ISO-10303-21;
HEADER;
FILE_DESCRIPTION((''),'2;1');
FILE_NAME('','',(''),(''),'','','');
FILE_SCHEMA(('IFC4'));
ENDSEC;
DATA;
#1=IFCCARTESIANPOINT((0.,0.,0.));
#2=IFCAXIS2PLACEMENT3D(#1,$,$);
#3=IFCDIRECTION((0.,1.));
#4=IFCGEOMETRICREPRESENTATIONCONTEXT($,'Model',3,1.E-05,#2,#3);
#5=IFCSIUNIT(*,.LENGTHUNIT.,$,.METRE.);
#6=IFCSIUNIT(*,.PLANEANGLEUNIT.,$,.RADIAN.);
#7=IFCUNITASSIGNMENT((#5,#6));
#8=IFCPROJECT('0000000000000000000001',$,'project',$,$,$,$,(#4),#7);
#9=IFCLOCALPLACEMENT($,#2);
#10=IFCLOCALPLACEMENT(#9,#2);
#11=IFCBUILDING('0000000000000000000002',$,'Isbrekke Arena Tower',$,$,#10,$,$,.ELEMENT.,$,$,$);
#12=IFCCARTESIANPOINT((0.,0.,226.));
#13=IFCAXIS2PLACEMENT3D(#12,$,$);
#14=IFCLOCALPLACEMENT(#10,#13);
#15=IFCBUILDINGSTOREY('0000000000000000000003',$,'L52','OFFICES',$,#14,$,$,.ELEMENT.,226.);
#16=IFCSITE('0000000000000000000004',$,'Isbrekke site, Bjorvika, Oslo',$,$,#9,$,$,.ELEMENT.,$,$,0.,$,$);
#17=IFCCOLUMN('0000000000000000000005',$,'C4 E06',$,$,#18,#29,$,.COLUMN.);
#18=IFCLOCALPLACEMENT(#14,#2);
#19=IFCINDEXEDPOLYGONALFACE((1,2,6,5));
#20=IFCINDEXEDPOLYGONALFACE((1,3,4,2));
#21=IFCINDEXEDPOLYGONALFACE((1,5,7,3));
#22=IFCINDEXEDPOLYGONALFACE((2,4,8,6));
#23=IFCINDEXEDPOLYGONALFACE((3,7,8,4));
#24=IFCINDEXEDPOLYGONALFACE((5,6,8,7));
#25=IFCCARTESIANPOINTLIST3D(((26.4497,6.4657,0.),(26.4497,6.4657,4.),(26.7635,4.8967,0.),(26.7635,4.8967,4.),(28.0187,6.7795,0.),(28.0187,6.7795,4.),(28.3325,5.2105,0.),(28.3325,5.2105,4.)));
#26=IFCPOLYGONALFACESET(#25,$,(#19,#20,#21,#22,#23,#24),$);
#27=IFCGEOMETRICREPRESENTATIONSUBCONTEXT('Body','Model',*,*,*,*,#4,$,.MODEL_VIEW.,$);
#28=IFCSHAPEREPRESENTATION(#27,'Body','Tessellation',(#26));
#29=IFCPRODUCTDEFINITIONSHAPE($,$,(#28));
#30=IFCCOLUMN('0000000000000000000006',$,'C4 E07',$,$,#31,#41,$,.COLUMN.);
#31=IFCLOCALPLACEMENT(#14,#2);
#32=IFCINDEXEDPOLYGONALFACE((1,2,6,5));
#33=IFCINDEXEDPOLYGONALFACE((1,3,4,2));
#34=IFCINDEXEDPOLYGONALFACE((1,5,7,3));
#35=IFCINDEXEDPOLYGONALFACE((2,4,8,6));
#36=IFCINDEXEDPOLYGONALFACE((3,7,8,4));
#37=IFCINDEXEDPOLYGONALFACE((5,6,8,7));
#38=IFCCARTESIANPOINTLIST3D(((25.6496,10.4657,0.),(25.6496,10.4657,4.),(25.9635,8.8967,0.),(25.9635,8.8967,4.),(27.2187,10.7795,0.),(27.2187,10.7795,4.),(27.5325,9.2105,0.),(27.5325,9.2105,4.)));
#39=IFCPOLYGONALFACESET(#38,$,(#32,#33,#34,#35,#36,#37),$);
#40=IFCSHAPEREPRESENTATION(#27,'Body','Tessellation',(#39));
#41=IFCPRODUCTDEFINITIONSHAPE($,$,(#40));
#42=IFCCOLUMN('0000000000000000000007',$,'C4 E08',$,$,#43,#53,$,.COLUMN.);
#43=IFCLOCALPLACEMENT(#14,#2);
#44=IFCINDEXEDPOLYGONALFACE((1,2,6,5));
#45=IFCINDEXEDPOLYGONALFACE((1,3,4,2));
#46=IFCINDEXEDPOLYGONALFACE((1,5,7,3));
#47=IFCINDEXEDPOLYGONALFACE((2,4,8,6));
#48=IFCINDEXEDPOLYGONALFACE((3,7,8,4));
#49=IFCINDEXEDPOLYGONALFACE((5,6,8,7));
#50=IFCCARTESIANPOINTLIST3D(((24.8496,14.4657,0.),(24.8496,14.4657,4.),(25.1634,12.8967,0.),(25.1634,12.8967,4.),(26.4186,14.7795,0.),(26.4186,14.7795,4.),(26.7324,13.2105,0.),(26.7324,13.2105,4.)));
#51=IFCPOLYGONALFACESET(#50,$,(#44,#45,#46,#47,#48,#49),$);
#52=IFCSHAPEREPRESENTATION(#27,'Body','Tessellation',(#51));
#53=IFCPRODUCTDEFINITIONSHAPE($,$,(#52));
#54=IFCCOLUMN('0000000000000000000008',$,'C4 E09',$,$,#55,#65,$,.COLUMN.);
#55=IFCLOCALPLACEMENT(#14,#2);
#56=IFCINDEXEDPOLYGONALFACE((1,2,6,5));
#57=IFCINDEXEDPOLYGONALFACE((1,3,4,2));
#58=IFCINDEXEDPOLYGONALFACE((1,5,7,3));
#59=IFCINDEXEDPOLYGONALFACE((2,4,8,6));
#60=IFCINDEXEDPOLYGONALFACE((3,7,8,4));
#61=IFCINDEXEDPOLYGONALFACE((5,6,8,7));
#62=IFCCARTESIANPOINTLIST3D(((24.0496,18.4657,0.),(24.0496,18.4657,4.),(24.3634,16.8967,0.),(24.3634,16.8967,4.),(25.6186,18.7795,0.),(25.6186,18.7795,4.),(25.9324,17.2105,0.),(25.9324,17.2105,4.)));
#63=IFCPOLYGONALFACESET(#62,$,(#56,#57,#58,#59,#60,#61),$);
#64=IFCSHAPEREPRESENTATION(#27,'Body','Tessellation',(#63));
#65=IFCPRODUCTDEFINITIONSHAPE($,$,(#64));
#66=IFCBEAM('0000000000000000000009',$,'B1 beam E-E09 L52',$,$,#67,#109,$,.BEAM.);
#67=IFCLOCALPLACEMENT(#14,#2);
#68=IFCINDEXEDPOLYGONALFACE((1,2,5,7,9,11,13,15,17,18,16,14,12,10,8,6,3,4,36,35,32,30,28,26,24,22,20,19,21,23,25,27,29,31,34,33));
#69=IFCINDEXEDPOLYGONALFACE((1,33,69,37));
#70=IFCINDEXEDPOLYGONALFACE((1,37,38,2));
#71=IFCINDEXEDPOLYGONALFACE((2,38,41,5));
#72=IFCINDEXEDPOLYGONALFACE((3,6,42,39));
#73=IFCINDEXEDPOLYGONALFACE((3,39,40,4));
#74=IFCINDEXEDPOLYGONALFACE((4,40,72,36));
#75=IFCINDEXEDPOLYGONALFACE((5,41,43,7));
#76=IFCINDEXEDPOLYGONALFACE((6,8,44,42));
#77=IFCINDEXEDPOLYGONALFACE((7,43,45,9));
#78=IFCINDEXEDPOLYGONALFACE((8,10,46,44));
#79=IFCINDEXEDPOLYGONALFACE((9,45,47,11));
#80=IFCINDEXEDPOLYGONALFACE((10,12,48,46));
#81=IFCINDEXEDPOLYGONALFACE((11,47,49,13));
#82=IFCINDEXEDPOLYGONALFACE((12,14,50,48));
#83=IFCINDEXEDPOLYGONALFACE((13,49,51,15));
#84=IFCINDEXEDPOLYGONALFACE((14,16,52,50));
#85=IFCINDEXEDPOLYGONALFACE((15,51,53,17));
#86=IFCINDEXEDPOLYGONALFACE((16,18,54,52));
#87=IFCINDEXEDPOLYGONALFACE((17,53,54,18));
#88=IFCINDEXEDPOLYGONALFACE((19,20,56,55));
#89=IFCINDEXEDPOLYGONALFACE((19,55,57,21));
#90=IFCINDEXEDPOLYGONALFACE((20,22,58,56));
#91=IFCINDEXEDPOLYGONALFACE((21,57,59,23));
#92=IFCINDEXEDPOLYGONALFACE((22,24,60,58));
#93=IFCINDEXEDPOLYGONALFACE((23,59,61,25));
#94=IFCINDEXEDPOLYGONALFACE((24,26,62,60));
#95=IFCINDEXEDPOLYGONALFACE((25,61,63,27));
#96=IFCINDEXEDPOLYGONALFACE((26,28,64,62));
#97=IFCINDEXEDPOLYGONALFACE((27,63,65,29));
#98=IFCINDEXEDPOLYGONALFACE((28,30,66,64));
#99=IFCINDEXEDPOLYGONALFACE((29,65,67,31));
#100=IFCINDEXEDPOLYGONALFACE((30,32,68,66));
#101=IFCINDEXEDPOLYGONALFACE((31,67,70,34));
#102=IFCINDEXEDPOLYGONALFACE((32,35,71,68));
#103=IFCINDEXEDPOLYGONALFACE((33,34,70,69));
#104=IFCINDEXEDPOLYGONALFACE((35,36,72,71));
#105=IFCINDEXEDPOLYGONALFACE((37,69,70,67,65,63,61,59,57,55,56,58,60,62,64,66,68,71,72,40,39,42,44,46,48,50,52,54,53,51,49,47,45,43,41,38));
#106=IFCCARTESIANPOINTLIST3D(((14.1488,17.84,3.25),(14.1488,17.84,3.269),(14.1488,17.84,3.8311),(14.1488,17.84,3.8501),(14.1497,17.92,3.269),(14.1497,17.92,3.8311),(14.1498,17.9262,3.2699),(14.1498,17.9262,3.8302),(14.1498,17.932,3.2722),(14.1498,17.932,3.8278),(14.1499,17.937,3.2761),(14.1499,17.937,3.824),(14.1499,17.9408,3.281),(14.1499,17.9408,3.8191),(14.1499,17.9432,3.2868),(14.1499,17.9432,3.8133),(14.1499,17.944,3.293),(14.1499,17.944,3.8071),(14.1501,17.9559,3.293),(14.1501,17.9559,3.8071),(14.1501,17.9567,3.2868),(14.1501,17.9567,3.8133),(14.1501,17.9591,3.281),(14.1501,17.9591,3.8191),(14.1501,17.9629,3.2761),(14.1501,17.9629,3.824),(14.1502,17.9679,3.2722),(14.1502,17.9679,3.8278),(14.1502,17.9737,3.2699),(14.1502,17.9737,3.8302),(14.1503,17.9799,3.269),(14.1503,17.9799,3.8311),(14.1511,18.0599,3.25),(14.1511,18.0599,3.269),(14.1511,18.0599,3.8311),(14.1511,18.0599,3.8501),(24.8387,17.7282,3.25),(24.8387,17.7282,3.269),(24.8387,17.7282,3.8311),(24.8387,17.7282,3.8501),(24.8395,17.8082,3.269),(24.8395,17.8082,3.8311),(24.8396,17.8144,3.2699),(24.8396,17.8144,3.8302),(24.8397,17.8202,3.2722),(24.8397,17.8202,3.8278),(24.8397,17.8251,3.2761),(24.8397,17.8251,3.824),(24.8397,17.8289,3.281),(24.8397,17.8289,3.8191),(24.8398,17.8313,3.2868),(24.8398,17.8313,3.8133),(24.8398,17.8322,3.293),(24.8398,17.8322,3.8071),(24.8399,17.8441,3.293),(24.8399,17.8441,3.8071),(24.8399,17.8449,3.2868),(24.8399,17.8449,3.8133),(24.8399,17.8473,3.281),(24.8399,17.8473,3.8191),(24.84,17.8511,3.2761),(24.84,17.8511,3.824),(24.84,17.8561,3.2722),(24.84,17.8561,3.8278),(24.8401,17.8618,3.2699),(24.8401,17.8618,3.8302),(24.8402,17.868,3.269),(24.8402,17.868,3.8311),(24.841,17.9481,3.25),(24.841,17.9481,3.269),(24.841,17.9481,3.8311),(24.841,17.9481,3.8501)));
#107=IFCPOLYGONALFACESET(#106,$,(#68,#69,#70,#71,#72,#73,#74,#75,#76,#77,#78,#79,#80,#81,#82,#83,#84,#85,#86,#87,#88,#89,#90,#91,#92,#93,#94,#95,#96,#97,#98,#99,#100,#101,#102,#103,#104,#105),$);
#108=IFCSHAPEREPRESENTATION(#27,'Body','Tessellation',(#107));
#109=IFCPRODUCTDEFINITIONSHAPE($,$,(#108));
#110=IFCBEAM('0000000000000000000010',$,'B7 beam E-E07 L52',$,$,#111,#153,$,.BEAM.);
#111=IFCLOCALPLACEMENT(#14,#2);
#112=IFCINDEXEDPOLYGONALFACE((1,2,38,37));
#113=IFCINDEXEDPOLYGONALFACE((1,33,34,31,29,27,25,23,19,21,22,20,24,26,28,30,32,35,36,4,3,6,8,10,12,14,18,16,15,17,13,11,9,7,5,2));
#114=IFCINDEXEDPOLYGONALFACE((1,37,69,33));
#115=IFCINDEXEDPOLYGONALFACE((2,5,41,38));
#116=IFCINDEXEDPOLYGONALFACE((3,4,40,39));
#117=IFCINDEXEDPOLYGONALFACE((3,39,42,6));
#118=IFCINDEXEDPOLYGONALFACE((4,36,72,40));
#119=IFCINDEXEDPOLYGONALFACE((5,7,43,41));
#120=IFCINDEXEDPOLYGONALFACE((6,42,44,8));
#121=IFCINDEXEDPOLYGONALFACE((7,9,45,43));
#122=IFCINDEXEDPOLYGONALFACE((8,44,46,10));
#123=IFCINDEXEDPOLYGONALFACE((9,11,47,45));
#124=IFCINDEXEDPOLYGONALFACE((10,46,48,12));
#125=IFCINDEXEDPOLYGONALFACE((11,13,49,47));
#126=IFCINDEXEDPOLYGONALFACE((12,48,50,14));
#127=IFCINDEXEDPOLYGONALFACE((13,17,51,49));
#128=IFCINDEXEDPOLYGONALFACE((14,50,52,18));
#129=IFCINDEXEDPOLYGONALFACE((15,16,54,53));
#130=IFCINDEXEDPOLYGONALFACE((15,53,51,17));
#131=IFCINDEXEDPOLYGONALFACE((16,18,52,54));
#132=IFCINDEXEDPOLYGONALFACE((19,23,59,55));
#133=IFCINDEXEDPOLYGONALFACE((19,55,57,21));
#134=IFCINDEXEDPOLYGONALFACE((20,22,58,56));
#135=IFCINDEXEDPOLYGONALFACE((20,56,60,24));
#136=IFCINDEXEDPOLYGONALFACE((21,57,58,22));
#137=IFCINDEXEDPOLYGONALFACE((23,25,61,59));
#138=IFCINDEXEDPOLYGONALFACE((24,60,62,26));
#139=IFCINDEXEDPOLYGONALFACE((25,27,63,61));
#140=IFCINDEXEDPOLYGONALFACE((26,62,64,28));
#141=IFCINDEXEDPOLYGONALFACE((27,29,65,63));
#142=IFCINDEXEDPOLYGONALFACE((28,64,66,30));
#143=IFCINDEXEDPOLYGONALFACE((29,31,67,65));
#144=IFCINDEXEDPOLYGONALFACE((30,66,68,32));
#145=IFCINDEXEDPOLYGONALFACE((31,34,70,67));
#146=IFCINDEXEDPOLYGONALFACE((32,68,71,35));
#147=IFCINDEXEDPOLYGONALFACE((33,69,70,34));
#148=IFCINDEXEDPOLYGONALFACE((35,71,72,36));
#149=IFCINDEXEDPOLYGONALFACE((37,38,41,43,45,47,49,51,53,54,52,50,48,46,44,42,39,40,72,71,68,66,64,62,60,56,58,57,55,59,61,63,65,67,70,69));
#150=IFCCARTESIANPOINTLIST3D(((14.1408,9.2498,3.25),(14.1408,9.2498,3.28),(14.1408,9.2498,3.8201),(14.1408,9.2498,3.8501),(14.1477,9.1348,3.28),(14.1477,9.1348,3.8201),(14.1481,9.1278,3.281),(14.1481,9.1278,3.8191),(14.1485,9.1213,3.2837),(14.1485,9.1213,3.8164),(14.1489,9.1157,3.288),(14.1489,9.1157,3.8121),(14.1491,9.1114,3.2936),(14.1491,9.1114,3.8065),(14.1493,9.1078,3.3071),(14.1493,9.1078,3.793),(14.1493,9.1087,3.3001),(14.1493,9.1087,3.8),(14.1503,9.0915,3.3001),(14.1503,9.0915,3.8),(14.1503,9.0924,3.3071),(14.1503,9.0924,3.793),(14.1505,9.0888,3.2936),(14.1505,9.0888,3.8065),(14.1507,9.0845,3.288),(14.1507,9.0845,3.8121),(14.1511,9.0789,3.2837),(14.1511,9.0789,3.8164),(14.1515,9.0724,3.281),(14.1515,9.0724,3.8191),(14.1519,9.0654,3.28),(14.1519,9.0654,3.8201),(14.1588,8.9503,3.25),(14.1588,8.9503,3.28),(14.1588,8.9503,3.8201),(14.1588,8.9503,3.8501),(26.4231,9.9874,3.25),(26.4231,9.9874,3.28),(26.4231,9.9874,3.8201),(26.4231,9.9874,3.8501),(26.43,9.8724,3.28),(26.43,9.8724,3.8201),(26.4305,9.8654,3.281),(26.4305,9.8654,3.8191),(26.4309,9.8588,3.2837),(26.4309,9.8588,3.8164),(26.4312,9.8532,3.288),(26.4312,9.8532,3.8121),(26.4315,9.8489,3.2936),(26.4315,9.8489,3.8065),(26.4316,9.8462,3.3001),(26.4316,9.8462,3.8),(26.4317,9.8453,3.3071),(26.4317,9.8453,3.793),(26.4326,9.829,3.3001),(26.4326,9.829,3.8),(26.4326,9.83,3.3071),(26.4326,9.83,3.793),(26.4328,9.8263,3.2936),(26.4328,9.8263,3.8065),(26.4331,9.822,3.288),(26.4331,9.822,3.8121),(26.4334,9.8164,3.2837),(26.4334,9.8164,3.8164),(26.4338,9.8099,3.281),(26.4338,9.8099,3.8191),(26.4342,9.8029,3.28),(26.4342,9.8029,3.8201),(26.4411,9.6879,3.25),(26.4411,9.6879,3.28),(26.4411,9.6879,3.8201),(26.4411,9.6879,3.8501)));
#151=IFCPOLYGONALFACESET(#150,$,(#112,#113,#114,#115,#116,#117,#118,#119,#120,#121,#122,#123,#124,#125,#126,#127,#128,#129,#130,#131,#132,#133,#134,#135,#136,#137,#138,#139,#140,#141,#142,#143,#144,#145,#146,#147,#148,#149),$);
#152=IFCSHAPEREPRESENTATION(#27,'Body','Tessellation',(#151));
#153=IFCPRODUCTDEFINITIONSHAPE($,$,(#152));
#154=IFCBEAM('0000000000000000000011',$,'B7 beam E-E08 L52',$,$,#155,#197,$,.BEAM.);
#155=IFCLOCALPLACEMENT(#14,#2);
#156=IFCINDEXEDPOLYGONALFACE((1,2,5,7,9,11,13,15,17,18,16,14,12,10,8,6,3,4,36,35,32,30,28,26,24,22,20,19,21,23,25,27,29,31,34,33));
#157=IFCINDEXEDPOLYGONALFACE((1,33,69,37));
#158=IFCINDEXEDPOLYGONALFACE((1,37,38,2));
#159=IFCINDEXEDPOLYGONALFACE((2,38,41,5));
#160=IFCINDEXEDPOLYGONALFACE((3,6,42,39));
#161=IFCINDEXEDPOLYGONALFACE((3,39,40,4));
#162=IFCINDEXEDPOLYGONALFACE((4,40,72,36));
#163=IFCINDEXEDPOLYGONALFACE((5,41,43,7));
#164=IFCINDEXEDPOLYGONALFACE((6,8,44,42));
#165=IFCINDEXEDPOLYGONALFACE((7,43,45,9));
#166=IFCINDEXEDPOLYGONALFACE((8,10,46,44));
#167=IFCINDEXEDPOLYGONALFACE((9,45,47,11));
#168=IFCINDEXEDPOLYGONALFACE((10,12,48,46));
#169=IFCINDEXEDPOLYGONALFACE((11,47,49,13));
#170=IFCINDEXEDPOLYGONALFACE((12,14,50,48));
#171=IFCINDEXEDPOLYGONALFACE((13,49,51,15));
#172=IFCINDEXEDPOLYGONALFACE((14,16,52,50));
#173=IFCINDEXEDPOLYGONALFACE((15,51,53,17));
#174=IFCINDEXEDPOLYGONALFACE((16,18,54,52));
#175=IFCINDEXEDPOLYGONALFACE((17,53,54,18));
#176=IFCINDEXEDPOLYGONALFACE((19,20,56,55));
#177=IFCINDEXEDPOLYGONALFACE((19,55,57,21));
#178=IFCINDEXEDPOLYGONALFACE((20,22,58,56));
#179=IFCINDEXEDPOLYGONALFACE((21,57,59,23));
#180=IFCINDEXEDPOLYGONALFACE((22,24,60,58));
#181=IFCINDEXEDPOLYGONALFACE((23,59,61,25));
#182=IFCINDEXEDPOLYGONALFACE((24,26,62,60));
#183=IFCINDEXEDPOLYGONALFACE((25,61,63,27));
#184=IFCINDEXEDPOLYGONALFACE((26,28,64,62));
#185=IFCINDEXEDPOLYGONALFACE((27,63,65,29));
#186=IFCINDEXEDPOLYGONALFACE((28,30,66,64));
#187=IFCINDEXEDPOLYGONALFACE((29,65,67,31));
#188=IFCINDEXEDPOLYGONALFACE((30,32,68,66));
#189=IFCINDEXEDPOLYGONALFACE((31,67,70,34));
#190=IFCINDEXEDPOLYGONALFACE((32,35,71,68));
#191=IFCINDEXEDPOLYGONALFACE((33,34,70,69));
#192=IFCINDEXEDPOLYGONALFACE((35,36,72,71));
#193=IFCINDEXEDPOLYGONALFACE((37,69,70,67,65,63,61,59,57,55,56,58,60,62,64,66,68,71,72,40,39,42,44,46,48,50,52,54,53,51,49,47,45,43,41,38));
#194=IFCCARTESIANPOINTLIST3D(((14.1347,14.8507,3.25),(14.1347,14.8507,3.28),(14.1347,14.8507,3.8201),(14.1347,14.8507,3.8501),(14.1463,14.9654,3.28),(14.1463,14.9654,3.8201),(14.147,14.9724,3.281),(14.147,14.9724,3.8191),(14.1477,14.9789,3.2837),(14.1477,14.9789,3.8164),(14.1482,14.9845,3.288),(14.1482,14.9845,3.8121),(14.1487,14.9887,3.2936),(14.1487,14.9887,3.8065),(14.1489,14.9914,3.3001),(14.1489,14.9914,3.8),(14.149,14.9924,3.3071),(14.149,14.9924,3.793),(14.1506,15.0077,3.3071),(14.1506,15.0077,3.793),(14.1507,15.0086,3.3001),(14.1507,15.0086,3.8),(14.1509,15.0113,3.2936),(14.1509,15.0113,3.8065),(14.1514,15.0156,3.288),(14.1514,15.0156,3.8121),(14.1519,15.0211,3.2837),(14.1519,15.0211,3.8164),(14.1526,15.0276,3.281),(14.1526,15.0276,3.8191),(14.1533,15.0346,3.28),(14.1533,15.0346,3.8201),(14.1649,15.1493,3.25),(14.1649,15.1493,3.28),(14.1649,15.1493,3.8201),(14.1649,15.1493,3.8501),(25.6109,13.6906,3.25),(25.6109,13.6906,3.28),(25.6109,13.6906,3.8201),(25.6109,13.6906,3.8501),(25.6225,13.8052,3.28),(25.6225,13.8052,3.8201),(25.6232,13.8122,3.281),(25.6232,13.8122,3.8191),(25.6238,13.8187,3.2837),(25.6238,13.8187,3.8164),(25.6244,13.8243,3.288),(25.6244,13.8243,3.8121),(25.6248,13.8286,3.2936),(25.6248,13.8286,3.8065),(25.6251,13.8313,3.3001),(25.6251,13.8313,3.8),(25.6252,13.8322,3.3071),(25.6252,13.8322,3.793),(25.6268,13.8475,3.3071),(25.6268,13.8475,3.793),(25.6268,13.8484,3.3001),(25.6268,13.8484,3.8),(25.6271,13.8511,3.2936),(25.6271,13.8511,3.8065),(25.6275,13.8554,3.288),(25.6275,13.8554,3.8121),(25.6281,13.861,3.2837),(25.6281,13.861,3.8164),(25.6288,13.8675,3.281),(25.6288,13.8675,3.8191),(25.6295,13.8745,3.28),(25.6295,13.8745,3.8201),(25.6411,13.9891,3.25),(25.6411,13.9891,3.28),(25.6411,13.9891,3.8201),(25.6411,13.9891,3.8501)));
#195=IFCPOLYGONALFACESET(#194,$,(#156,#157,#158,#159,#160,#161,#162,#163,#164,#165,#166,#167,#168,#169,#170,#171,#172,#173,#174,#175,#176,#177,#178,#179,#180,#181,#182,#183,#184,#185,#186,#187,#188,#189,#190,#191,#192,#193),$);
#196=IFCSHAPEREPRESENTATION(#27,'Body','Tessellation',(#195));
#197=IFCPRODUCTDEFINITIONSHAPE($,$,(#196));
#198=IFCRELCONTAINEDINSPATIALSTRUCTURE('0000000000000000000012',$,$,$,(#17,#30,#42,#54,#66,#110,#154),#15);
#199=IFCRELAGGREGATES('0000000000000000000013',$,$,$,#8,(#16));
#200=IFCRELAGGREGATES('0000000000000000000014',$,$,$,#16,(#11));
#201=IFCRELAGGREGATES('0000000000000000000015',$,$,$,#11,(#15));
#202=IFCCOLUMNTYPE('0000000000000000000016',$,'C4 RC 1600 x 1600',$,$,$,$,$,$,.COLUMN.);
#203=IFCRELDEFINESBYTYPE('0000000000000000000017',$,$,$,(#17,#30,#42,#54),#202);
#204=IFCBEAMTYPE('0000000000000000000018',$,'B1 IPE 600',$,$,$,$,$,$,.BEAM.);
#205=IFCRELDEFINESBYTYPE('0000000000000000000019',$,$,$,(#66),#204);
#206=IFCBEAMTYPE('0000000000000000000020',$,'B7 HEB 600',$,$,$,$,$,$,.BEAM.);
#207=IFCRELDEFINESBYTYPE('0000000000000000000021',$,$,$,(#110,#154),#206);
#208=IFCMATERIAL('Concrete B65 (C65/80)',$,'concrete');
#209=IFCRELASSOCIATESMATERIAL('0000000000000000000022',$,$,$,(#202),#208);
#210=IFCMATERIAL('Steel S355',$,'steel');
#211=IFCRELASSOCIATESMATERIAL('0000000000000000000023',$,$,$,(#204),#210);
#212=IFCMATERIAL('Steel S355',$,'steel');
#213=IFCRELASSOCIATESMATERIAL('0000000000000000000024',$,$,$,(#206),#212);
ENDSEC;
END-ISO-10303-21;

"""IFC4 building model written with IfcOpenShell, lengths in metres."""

from ifc_helpers import new_model, si_unit, direction, frame, origin, origin_2d, place, context, subcontext, project, spatial, rectangle, i_section, extrude, material, material_profile, profile_set, type_object, element, save


model = new_model("IFC4")

# Units and contexts
model_context = context("Model", 3, precision=1e-05, world=origin(), true_north=direction((0.0, 1.0)))
body_context = subcontext(model_context, "Body", "Model", "MODEL_VIEW")
ifc_project = project(units=[si_unit("LENGTHUNIT", "METRE"), si_unit("PLANEANGLEUNIT", "RADIAN")], contexts=[model_context])

# Site, building, storey
site_placement = place(None, origin())
site = spatial("IfcSite", under=ifc_project, at=site_placement, Name="Isbrekke site, Bjorvika, Oslo", CompositionType="ELEMENT", RefElevation=0.0)
building_placement = place(site_placement, origin())
building = spatial("IfcBuilding", under=site, at=building_placement, Name="Isbrekke Arena Tower", CompositionType="ELEMENT")
storey_placement = place(building_placement, frame((0.0, 0.0, 226.0)))
storey = spatial("IfcBuildingStorey", under=building, at=storey_placement, Name="L52", Description="OFFICES", CompositionType="ELEMENT", Elevation=226.0)

# Columns
ifc_material_1 = material(Name="Concrete B65 (C65/80)", Category="concrete")
ifc_material_profile_1 = material_profile(ifc_material_1, rectangle(XDim=1.6001, YDim=1.6001, at=origin_2d()), Name="RC 1600x1600")
ifc_profile_set_1 = profile_set([ifc_material_profile_1], Name="Concrete B65 (C65/80)")
column_type = type_object("IfcColumnType", Name="C4 RC 1600 x 1600", PredefinedType="COLUMN", material=ifc_profile_set_1)
for number, where, z_axis, x_axis, name in (
    (1, (27.3911, 5.8381, 0.0), (0.0, 0.0, 1.0), (-0.196116, 0.980581, 0.0), "C4 E06"),
    (2, (26.5911, 9.8381, 0.0), (0.0, 0.0, 1.0), (-0.196116, 0.980581, 0.0), "C4 E07"),
    (3, (25.791, 13.8381, 0.0), (0.0, 0.0, 1.0), (-0.196116, 0.980581, 0.0), "C4 E08"),
    (4, (24.991, 17.8381, 0.0), (0.0, 0.0, 1.0), (-0.196116, 0.980581, 0.0), "C4 E09"),
):
    element("IfcColumn", number, at=place(storey_placement, frame(where, z_axis=z_axis, x_axis=x_axis)), inside=storey, type_object=column_type, Name=name, PredefinedType="COLUMN", context=body_context, shape_type="SweptSolid", body=[
        extrude(rectangle(XDim=1.6001, YDim=1.6001, at=origin_2d()), origin(), (0.0, 0.0, 1.0), 4.0),
    ])

# Beams
ifc_material_2 = material(Name="Steel S355", Category="steel")
ifc_material_profile_2 = material_profile(ifc_material_2, i_section(OverallWidth=0.22, OverallDepth=0.6001, WebThickness=0.012, FlangeThickness=0.019, FilletRadius=0.0239, at=origin_2d()), Name="IPE 600")
ifc_profile_set_2 = profile_set([ifc_material_profile_2], Name="Steel S355")
beam_type_1 = type_object("IfcBeamType", Name="B1 IPE 600", PredefinedType="BEAM", material=ifc_profile_set_2)
beam_1_placement = place(storey_placement, frame((24.8398, 17.8381, 3.55), z_axis=(-0.999945, 0.010459, 0.0), x_axis=(-0.010459, -0.999945, 0.0)))
element("IfcBeam", 5, at=beam_1_placement, inside=storey, type_object=beam_type_1, Name="B1 beam E-E09 L52", PredefinedType="BEAM", context=body_context, shape_type="SweptSolid", body=[
    extrude(i_section(OverallWidth=0.22, OverallDepth=0.6001, WebThickness=0.012, FlangeThickness=0.019, FilletRadius=0.0239, at=origin_2d()), origin(), (0.0, 0.0, 1.0), 10.6904),
])
ifc_material_3 = material(Name="Steel S355", Category="steel")
ifc_material_profile_3 = material_profile(ifc_material_3, i_section(OverallWidth=0.3, OverallDepth=0.6001, WebThickness=0.0154, FlangeThickness=0.03, FilletRadius=0.0271, at=origin_2d()), Name="HEB 600")
ifc_profile_set_3 = profile_set([ifc_material_profile_3], Name="Steel S355")
beam_type_2 = type_object("IfcBeamType", Name="B7 HEB 600", PredefinedType="BEAM", material=ifc_profile_set_3)
beam_2_placement = place(storey_placement, frame((26.4321, 9.8376, 3.55), z_axis=(-0.998202, -0.059942, 0.0), x_axis=(0.059942, -0.998202, 0.0)))
element("IfcBeam", 6, at=beam_2_placement, inside=storey, type_object=beam_type_2, Name="B7 beam E-E07 L52", PredefinedType="BEAM", context=body_context, shape_type="SweptSolid", body=[
    extrude(i_section(OverallWidth=0.3, OverallDepth=0.6001, WebThickness=0.0154, FlangeThickness=0.03, FilletRadius=0.0271, at=origin_2d()), origin(), (0.0, 0.0, 1.0), 12.3044),
])
beam_3_placement = place(storey_placement, frame((25.626, 13.8398, 3.55), z_axis=(-0.994929, 0.100581, 0.0), x_axis=(-0.100581, -0.994929, 0.0)))
element("IfcBeam", 7, at=beam_3_placement, inside=storey, type_object=beam_type_2, Name="B7 beam E-E08 L52", PredefinedType="BEAM", context=body_context, shape_type="SweptSolid", body=[
    extrude(i_section(OverallWidth=0.3, OverallDepth=0.6001, WebThickness=0.0154, FlangeThickness=0.03, FilletRadius=0.0271, at=origin_2d()), origin(), (0.0, 0.0, 1.0), 11.5347),
])

save(model, "model.ifc")
